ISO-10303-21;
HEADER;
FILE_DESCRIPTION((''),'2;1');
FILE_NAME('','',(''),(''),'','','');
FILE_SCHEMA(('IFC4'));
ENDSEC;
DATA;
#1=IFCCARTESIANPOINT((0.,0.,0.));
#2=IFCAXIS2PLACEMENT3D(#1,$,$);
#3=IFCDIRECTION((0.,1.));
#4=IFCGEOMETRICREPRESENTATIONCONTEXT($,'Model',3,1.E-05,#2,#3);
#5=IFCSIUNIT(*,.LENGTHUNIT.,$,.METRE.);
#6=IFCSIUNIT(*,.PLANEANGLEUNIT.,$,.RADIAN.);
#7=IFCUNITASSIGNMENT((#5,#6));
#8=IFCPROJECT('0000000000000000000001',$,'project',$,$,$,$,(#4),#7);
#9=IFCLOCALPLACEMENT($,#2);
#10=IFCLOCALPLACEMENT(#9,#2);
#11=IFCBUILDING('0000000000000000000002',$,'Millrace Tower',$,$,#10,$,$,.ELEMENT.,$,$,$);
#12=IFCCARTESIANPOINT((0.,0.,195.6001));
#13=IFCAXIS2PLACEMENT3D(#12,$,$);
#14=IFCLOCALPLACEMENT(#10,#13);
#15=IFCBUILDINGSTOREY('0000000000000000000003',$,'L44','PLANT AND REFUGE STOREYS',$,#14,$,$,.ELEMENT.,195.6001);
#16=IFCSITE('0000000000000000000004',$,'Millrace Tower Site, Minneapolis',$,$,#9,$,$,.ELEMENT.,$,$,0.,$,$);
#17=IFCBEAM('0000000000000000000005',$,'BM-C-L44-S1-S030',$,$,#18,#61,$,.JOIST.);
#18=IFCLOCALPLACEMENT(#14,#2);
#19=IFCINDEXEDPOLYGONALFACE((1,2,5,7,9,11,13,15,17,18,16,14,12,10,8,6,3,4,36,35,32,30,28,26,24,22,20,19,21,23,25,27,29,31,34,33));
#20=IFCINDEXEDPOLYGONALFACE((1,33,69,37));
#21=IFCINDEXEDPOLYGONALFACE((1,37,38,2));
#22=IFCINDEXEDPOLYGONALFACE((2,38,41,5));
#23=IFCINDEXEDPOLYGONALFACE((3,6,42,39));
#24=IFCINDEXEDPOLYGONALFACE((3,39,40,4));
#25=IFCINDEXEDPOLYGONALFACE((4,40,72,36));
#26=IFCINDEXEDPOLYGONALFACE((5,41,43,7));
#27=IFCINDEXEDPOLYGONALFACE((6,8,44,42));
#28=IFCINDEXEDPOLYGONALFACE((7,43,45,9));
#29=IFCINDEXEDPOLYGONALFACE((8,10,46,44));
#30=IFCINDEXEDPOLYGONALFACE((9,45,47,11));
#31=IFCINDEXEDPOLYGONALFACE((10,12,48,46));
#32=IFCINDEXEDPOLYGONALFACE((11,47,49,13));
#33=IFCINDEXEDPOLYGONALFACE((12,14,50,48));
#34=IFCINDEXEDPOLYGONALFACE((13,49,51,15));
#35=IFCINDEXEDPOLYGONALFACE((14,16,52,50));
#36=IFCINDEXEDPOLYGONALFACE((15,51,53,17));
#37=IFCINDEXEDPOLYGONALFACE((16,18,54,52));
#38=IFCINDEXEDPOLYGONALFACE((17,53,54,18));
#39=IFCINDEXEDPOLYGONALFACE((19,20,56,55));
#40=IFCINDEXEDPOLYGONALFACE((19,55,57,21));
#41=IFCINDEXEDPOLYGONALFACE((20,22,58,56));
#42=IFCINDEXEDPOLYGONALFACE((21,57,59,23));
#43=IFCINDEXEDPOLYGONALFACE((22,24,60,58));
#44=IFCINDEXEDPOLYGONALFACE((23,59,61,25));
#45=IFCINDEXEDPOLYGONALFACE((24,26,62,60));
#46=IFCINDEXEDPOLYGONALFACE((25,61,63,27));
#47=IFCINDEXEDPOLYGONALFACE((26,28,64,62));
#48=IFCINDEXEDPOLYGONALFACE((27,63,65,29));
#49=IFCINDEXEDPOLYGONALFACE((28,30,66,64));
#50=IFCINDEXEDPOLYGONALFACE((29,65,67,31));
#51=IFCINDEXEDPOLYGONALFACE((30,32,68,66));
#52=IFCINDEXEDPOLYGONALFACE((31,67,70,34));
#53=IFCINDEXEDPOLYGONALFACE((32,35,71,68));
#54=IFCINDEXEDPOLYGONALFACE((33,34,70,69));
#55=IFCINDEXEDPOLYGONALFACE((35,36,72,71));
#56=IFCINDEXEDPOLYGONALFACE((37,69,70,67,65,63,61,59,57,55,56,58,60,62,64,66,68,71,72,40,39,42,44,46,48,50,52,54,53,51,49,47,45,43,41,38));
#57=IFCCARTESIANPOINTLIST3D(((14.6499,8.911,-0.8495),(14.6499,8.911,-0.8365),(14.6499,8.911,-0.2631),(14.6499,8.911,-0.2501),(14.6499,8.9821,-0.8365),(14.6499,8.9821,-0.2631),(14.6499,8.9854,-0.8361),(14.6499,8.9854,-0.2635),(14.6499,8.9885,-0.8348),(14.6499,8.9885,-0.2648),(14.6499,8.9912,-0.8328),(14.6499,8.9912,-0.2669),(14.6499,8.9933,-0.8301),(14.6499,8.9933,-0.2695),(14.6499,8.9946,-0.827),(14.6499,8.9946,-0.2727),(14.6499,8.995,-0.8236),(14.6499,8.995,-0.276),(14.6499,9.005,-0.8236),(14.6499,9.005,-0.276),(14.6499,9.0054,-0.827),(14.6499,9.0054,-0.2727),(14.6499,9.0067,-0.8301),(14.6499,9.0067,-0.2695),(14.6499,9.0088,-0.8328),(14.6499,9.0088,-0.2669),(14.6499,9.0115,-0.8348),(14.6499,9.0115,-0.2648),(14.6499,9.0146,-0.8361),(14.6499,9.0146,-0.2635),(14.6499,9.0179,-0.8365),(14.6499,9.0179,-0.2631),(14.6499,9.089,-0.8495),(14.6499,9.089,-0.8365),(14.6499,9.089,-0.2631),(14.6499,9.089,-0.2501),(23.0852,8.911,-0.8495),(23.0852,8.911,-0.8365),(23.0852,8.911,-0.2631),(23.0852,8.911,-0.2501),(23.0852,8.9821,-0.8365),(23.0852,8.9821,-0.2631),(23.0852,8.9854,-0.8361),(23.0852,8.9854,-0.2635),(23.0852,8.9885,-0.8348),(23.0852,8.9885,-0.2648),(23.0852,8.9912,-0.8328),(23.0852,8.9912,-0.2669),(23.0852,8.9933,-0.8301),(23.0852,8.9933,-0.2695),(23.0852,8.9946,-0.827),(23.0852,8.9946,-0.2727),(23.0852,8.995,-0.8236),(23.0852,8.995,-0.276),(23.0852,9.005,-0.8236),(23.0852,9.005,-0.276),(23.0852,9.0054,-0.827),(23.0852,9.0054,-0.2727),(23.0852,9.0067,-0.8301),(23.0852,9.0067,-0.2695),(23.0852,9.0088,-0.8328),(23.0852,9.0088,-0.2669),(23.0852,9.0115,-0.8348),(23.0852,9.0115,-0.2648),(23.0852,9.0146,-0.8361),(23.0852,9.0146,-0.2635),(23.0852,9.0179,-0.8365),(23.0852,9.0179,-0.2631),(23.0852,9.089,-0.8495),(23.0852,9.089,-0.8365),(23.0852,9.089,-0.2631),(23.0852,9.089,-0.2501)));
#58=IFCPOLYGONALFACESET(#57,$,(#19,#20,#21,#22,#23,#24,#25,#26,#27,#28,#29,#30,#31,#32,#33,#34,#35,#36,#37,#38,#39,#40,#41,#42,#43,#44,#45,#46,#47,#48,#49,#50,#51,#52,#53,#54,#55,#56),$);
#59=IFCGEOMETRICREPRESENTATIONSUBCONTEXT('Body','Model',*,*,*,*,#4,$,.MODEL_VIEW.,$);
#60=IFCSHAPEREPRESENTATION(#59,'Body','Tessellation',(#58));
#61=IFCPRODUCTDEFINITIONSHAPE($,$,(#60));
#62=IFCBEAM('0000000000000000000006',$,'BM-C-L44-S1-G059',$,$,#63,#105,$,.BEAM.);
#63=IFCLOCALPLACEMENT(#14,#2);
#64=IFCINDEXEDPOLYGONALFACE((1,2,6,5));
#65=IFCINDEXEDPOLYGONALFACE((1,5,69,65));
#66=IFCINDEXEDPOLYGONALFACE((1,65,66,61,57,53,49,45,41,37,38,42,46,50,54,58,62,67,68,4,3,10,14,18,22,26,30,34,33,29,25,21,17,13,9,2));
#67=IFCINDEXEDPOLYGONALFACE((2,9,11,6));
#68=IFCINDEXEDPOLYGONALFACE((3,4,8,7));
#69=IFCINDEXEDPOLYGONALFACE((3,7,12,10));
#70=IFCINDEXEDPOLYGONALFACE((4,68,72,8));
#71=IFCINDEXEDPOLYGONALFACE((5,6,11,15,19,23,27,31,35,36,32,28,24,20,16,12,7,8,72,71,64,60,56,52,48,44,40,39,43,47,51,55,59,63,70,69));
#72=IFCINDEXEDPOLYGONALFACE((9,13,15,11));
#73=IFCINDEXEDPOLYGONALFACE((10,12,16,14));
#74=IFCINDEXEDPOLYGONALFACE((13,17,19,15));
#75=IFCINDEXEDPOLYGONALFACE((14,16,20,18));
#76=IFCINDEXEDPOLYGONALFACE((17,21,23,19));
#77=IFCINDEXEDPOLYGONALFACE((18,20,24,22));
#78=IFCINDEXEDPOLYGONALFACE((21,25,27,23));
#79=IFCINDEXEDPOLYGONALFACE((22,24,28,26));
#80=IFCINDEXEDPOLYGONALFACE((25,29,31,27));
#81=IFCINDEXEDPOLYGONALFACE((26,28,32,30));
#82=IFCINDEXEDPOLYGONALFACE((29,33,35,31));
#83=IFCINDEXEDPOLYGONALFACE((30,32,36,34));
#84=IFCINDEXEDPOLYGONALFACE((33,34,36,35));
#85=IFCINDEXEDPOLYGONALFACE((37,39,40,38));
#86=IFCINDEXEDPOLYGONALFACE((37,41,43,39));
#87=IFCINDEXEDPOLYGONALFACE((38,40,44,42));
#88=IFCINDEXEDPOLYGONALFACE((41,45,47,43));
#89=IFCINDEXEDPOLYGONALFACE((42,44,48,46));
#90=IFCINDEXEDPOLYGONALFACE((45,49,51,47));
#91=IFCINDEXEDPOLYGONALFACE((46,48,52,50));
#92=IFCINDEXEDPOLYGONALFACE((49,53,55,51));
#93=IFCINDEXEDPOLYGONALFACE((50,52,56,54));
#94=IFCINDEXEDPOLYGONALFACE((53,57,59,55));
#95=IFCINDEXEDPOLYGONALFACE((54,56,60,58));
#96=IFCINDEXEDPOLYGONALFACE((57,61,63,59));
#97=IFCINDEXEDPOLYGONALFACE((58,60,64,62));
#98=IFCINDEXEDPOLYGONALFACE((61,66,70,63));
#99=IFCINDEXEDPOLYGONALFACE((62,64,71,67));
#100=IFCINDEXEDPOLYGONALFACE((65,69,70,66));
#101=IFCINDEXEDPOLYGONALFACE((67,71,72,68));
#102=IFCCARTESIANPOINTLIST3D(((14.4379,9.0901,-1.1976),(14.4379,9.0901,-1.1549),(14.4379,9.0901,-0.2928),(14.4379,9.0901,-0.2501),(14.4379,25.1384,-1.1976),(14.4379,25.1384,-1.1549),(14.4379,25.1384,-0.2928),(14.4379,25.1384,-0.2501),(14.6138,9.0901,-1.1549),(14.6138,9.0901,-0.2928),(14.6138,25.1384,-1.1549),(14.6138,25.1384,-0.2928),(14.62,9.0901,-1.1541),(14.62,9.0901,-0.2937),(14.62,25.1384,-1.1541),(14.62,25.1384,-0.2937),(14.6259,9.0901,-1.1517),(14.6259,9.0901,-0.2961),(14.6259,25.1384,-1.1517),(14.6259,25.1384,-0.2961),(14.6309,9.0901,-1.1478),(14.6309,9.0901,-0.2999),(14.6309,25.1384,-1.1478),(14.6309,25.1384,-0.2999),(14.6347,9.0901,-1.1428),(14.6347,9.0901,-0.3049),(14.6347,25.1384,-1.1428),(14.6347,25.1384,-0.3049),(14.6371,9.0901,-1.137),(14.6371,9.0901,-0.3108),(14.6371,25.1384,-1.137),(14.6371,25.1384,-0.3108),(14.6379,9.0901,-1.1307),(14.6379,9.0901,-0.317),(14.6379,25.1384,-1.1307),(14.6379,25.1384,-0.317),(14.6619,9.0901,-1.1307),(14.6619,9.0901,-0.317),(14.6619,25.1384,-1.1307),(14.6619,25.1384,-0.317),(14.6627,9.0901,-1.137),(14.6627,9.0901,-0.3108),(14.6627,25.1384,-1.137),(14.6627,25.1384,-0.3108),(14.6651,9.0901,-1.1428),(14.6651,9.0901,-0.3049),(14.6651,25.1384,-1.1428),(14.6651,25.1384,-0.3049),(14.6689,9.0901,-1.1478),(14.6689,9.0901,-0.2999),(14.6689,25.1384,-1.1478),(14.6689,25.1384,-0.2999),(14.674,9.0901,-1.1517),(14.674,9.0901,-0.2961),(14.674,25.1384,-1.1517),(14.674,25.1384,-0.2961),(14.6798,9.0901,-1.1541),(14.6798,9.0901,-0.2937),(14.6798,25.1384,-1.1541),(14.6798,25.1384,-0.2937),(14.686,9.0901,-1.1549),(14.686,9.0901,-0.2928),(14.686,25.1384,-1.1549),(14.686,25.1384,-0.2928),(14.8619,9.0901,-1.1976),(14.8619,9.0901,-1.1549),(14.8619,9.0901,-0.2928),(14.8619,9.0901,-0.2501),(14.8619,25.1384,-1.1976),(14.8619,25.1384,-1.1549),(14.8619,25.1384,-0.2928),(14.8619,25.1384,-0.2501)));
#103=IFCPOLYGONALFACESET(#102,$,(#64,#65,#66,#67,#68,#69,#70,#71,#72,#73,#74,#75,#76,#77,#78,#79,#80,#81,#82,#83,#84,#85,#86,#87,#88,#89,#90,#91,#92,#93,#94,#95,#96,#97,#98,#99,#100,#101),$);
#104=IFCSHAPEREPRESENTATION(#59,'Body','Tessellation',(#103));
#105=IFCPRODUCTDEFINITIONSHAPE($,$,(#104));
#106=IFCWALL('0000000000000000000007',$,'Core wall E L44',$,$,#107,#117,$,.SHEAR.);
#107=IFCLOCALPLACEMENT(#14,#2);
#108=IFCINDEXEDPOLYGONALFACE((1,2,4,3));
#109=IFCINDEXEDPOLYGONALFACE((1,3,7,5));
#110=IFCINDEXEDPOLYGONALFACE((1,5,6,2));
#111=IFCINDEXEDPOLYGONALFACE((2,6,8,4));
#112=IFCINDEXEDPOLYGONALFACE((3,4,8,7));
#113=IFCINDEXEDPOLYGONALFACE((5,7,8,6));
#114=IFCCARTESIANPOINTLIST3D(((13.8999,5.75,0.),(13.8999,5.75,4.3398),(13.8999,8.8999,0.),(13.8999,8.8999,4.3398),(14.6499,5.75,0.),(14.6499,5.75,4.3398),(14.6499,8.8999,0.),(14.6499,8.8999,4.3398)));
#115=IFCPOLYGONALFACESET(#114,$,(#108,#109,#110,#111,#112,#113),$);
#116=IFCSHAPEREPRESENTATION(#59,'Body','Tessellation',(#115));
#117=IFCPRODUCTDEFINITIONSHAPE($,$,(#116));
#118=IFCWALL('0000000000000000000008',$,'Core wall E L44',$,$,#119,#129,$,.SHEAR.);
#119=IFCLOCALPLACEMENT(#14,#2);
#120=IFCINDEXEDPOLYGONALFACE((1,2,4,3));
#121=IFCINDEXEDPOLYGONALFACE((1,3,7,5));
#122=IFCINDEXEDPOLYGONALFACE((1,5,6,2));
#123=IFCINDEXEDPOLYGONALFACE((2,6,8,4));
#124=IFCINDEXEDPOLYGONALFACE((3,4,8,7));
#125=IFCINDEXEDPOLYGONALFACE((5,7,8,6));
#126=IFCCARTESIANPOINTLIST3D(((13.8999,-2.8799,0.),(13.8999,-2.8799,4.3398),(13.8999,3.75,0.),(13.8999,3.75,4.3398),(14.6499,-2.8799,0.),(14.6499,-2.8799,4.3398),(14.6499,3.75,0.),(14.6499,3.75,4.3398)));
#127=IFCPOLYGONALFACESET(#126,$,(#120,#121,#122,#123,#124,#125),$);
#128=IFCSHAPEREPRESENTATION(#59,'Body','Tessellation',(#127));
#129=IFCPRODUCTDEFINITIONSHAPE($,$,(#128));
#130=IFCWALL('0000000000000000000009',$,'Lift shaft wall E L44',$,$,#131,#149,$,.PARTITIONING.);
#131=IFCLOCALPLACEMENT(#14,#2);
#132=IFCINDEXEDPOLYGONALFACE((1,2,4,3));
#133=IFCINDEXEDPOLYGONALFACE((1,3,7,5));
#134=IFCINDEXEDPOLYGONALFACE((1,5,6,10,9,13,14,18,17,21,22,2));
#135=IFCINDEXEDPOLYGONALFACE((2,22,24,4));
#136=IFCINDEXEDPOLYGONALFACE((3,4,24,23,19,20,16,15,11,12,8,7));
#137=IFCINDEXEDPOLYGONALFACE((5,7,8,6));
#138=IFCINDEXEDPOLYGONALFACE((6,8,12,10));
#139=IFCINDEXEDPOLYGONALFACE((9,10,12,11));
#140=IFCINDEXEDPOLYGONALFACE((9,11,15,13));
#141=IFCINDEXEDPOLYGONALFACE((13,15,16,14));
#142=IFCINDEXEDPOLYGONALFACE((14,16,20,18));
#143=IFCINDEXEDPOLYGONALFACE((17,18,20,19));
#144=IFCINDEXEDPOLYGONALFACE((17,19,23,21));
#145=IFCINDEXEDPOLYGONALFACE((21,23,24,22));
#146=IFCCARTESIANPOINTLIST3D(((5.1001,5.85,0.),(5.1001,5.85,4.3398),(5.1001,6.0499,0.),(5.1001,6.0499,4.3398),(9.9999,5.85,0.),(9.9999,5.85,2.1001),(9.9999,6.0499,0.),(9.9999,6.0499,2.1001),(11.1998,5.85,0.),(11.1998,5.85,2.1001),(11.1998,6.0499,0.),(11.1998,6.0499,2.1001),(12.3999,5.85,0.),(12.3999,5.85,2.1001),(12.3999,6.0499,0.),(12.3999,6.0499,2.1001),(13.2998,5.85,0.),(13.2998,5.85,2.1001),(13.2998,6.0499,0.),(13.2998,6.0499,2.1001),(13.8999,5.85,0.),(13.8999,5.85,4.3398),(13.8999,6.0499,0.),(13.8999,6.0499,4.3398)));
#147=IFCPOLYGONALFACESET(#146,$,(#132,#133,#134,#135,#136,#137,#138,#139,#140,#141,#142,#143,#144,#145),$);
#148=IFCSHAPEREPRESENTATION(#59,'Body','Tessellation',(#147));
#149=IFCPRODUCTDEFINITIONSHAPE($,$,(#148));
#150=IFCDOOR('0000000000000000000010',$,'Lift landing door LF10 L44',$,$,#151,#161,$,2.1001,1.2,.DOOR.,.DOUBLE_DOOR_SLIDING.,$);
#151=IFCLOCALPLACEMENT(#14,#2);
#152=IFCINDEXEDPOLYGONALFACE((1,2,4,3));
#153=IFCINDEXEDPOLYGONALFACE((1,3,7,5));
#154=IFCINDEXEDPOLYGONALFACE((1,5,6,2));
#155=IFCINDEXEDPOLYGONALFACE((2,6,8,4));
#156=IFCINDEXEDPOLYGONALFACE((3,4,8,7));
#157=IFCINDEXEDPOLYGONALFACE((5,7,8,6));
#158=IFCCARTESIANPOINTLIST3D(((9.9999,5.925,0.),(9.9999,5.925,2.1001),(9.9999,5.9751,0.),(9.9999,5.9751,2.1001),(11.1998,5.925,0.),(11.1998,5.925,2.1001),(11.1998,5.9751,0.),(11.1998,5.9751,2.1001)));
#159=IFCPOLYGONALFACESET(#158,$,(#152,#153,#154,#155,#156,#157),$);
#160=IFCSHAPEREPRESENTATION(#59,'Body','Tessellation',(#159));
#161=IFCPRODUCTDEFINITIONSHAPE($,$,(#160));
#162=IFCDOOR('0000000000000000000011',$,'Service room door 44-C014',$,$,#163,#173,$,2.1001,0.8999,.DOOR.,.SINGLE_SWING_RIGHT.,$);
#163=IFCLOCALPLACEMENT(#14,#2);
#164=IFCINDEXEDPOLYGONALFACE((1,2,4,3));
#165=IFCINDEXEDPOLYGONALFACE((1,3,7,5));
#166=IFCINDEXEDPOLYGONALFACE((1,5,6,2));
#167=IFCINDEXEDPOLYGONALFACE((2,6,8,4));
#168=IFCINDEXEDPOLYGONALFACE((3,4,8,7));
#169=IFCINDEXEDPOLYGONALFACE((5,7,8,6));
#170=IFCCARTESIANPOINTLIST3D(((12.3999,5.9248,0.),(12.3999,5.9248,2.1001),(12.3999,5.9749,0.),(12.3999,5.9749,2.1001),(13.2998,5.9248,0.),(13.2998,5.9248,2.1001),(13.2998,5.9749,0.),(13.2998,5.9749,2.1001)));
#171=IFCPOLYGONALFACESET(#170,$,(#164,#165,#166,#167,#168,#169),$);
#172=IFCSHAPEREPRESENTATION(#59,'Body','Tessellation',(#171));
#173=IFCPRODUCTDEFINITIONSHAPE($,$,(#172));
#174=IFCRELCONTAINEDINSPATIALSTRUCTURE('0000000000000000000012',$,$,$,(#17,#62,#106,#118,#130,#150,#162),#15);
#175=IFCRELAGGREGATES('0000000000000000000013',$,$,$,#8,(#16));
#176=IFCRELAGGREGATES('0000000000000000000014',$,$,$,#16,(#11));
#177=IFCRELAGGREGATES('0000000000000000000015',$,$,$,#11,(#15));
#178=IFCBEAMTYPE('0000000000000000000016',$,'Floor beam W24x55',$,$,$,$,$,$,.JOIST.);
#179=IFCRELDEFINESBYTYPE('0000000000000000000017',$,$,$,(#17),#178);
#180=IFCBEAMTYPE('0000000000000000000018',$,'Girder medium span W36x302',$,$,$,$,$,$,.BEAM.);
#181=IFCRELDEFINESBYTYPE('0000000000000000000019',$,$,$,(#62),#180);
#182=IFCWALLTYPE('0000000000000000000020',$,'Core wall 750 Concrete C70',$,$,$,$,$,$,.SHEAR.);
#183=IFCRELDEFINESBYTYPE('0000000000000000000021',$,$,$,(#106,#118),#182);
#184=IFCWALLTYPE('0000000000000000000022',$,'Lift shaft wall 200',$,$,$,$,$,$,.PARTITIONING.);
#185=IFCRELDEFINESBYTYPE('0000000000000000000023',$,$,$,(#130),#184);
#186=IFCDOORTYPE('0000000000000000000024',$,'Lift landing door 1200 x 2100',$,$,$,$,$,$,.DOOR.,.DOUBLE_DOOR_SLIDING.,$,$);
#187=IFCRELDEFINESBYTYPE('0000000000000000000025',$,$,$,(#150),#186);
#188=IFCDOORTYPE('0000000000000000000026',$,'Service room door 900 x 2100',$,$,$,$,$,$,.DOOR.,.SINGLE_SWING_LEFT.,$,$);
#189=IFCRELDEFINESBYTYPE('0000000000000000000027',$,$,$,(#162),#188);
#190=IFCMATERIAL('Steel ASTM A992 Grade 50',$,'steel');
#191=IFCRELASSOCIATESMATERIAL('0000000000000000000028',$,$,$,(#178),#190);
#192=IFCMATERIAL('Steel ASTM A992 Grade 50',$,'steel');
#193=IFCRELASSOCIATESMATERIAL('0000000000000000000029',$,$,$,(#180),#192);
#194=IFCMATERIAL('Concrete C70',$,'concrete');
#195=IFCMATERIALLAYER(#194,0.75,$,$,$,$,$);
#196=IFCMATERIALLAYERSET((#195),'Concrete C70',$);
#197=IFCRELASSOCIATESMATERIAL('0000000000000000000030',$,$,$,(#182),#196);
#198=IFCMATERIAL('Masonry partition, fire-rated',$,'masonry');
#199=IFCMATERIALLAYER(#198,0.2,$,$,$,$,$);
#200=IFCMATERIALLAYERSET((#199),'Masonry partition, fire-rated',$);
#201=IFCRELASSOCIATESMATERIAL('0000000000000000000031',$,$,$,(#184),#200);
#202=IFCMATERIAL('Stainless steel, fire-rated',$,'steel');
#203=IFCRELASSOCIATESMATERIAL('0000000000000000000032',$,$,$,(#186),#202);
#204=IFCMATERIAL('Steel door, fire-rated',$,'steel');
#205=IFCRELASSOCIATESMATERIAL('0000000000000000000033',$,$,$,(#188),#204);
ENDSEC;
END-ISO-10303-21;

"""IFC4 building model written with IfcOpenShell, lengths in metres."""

from ifc_helpers import new_model, si_unit, direction, frame, frame_2d, origin, origin_2d, place, context, subcontext, project, spatial, rectangle, i_section, extrude, material, layer, layer_set, material_profile, profile_set, type_object, element, fill, save


model = new_model("IFC4")

# Units and contexts
model_context = context("Model", 3, precision=1e-05, world=origin(), true_north=direction((0.0, 1.0)))
body_context = subcontext(model_context, "Body", "Model", "MODEL_VIEW")
ifc_project = project(units=[si_unit("LENGTHUNIT", "METRE"), si_unit("PLANEANGLEUNIT", "RADIAN")], contexts=[model_context])

# Site, building, storey
site_placement = place(None, origin())
site = spatial("IfcSite", under=ifc_project, at=site_placement, Name="Millrace Tower Site, Minneapolis", CompositionType="ELEMENT", RefElevation=0.0)
building_placement = place(site_placement, origin())
building = spatial("IfcBuilding", under=site, at=building_placement, Name="Millrace Tower", CompositionType="ELEMENT")
storey_placement = place(building_placement, frame((0.0, 0.0, 195.6001)))
storey = spatial("IfcBuildingStorey", under=building, at=storey_placement, Name="L44", Description="PLANT AND REFUGE STOREYS", CompositionType="ELEMENT", Elevation=195.6001)

# Beams
ifc_material_1 = material(Name="Steel ASTM A992 Grade 50", Category="steel")
ifc_material_profile_1 = material_profile(ifc_material_1, i_section(OverallWidth=0.178, OverallDepth=0.5994, WebThickness=0.01, FlangeThickness=0.0129, FilletRadius=0.0129, at=origin_2d()))
ifc_profile_set_1 = profile_set([ifc_material_profile_1], Name="Steel ASTM A992 Grade 50")
beam_type_1 = type_object("IfcBeamType", Name="Floor beam W24x55", PredefinedType="JOIST", material=ifc_profile_set_1)
beam_1_placement = place(storey_placement, frame((14.6499, 9.0, -0.5498), z_axis=(1.0, 0.0, 0.0), x_axis=(0.0, 1.0, 0.0)))
element("IfcBeam", 1, at=beam_1_placement, inside=storey, type_object=beam_type_1, Name="BM-C-L44-S1-S030", PredefinedType="JOIST", context=body_context, shape_type="SweptSolid", body=[
    extrude(i_section(OverallWidth=0.178, OverallDepth=0.5994, WebThickness=0.01, FlangeThickness=0.0129, FilletRadius=0.0129, at=origin_2d()), origin(), (0.0, 0.0, 1.0), 8.4353),
])
ifc_material_2 = material(Name="Steel ASTM A992 Grade 50", Category="steel")
ifc_material_profile_2 = material_profile(ifc_material_2, i_section(OverallWidth=0.4241, OverallDepth=0.9475, WebThickness=0.0239, FlangeThickness=0.0427, FilletRadius=0.0242, at=origin_2d()))
ifc_profile_set_2 = profile_set([ifc_material_profile_2], Name="Steel ASTM A992 Grade 50")
beam_type_2 = type_object("IfcBeamType", Name="Girder medium span W36x302", PredefinedType="BEAM", material=ifc_profile_set_2)
beam_2_placement = place(storey_placement, frame((14.6499, 9.0901, -0.7239), z_axis=(0.0, 1.0, 0.0), x_axis=(-1.0, 0.0, 0.0)))
element("IfcBeam", 2, at=beam_2_placement, inside=storey, type_object=beam_type_2, Name="BM-C-L44-S1-G059", PredefinedType="BEAM", context=body_context, shape_type="SweptSolid", body=[
    extrude(i_section(OverallWidth=0.4241, OverallDepth=0.9475, WebThickness=0.0239, FlangeThickness=0.0427, FilletRadius=0.0242, at=origin_2d()), origin(), (0.0, 0.0, 1.0), 16.0483),
])

# Walls
ifc_material_3 = material(Name="Concrete C70", Category="concrete")
ifc_layer_1 = layer(ifc_material_3, 0.75)
ifc_layer_set_1 = layer_set([ifc_layer_1], Name="Concrete C70")
wall_type_1 = type_object("IfcWallType", Name="Core wall 750 Concrete C70", PredefinedType="SHEAR", material=ifc_layer_set_1)
wall_1_placement = place(storey_placement, frame((14.2749, 8.8999, 0.0), z_axis=(0.0, 0.0, 1.0), x_axis=(0.0, -1.0, 0.0)))
element("IfcWall", 3, at=wall_1_placement, inside=storey, type_object=wall_type_1, Name="Core wall E L44", PredefinedType="SHEAR", context=body_context, shape_type="SweptSolid", body=[
    extrude(rectangle(XDim=3.1499, YDim=0.75, at=frame_2d((1.575, 0.0))), origin(), (0.0, 0.0, 1.0), 4.3398),
])
wall_2_placement = place(storey_placement, frame((14.2749, 3.75, 0.0), z_axis=(0.0, 0.0, 1.0), x_axis=(0.0, -1.0, 0.0)))
element("IfcWall", 4, at=wall_2_placement, inside=storey, type_object=wall_type_1, Name="Core wall E L44", PredefinedType="SHEAR", context=body_context, shape_type="SweptSolid", body=[
    extrude(rectangle(XDim=6.6299, YDim=0.75, at=frame_2d((3.3149, 0.0))), origin(), (0.0, 0.0, 1.0), 4.3398),
])

# Wall, openings, doors
ifc_material_4 = material(Name="Masonry partition, fire-rated", Category="masonry")
ifc_layer_2 = layer(ifc_material_4, 0.2)
ifc_layer_set_2 = layer_set([ifc_layer_2], Name="Masonry partition, fire-rated")
wall_type_2 = type_object("IfcWallType", Name="Lift shaft wall 200", PredefinedType="PARTITIONING", material=ifc_layer_set_2)
wall_3_placement = place(storey_placement, frame((13.8999, 5.95, 0.0), z_axis=(0.0, 0.0, 1.0), x_axis=(-1.0, 0.0, 0.0)))
wall_3 = element("IfcWall", 5, at=wall_3_placement, inside=storey, type_object=wall_type_2, Name="Lift shaft wall E L44", PredefinedType="PARTITIONING", context=body_context, shape_type="SweptSolid", body=[
    extrude(rectangle(XDim=8.7998, YDim=0.2, at=frame_2d((4.3999, 0.0))), origin(), (0.0, 0.0, 1.0), 4.3398),
])
opening_1_placement = place(wall_3_placement, frame((2.7, 0.0, 0.0)))
opening_1 = element("IfcOpeningElement", 6, at=opening_1_placement, cuts=wall_3, PredefinedType="OPENING", context=body_context, shape_type="SweptSolid", body=[
    extrude(rectangle(XDim=1.2, YDim=2.1001, at=frame_2d((0.6001, 1.05))), frame((0.0, 0.1099, 0.0), z_axis=(0.0, -1.0, 0.0), x_axis=(1.0, 0.0, 0.0)), (0.0, 0.0, 1.0), 0.22),
])
opening_2_placement = place(wall_3_placement, frame((0.6001, 0.0, 0.0)))
opening_2 = element("IfcOpeningElement", 7, at=opening_2_placement, cuts=wall_3, PredefinedType="OPENING", context=body_context, shape_type="SweptSolid", body=[
    extrude(rectangle(XDim=0.8999, YDim=2.1001, at=frame_2d((0.45, 1.05))), frame((0.0, 0.1099, 0.0), z_axis=(0.0, -1.0, 0.0), x_axis=(1.0, 0.0, 0.0)), (0.0, 0.0, 1.0), 0.22),
])
ifc_material_5 = material(Name="Stainless steel, fire-rated", Category="steel")
door_type_1 = type_object("IfcDoorType", Name="Lift landing door 1200 x 2100", OperationType="DOUBLE_DOOR_SLIDING", PredefinedType="DOOR", material=ifc_material_5)
door_1_placement = place(opening_1_placement, origin())
door_1 = element("IfcDoor", 8, at=door_1_placement, inside=storey, type_object=door_type_1, Name="Lift landing door LF10 L44", OperationType="DOUBLE_DOOR_SLIDING", OverallHeight=2.1001, OverallWidth=1.2, PredefinedType="DOOR", context=body_context, shape_type="SweptSolid", body=[
    extrude(rectangle(XDim=1.2, YDim=2.1001, at=frame_2d((0.6001, 1.05))), frame((0.0, 0.0249, 0.0), z_axis=(0.0, -1.0, 0.0), x_axis=(1.0, 0.0, 0.0)), (0.0, 0.0, 1.0), 0.05),
])
fill(opening_1, door_1)
ifc_material_6 = material(Name="Steel door, fire-rated", Category="steel")
door_type_2 = type_object("IfcDoorType", Name="Service room door 900 x 2100", OperationType="SINGLE_SWING_LEFT", PredefinedType="DOOR", material=ifc_material_6)
door_2_placement = place(opening_2_placement, frame((0.8999, 0.0, 0.0), z_axis=(0.0, 0.0, 1.0), x_axis=(-1.0, 0.0, 0.0)))
door_2 = element("IfcDoor", 9, at=door_2_placement, inside=storey, type_object=door_type_2, Name="Service room door 44-C014", OperationType="SINGLE_SWING_RIGHT", OverallHeight=2.1001, OverallWidth=0.8999, PredefinedType="DOOR", context=body_context, shape_type="SweptSolid", body=[
    extrude(rectangle(XDim=0.8999, YDim=2.1001, at=frame_2d((0.45, 1.05))), frame((0.0, 0.0249, 0.0), z_axis=(0.0, -1.0, 0.0), x_axis=(1.0, 0.0, 0.0)), (0.0, 0.0, 1.0), 0.05),
])
fill(opening_2, door_2)

save(model, "model.ifc")
